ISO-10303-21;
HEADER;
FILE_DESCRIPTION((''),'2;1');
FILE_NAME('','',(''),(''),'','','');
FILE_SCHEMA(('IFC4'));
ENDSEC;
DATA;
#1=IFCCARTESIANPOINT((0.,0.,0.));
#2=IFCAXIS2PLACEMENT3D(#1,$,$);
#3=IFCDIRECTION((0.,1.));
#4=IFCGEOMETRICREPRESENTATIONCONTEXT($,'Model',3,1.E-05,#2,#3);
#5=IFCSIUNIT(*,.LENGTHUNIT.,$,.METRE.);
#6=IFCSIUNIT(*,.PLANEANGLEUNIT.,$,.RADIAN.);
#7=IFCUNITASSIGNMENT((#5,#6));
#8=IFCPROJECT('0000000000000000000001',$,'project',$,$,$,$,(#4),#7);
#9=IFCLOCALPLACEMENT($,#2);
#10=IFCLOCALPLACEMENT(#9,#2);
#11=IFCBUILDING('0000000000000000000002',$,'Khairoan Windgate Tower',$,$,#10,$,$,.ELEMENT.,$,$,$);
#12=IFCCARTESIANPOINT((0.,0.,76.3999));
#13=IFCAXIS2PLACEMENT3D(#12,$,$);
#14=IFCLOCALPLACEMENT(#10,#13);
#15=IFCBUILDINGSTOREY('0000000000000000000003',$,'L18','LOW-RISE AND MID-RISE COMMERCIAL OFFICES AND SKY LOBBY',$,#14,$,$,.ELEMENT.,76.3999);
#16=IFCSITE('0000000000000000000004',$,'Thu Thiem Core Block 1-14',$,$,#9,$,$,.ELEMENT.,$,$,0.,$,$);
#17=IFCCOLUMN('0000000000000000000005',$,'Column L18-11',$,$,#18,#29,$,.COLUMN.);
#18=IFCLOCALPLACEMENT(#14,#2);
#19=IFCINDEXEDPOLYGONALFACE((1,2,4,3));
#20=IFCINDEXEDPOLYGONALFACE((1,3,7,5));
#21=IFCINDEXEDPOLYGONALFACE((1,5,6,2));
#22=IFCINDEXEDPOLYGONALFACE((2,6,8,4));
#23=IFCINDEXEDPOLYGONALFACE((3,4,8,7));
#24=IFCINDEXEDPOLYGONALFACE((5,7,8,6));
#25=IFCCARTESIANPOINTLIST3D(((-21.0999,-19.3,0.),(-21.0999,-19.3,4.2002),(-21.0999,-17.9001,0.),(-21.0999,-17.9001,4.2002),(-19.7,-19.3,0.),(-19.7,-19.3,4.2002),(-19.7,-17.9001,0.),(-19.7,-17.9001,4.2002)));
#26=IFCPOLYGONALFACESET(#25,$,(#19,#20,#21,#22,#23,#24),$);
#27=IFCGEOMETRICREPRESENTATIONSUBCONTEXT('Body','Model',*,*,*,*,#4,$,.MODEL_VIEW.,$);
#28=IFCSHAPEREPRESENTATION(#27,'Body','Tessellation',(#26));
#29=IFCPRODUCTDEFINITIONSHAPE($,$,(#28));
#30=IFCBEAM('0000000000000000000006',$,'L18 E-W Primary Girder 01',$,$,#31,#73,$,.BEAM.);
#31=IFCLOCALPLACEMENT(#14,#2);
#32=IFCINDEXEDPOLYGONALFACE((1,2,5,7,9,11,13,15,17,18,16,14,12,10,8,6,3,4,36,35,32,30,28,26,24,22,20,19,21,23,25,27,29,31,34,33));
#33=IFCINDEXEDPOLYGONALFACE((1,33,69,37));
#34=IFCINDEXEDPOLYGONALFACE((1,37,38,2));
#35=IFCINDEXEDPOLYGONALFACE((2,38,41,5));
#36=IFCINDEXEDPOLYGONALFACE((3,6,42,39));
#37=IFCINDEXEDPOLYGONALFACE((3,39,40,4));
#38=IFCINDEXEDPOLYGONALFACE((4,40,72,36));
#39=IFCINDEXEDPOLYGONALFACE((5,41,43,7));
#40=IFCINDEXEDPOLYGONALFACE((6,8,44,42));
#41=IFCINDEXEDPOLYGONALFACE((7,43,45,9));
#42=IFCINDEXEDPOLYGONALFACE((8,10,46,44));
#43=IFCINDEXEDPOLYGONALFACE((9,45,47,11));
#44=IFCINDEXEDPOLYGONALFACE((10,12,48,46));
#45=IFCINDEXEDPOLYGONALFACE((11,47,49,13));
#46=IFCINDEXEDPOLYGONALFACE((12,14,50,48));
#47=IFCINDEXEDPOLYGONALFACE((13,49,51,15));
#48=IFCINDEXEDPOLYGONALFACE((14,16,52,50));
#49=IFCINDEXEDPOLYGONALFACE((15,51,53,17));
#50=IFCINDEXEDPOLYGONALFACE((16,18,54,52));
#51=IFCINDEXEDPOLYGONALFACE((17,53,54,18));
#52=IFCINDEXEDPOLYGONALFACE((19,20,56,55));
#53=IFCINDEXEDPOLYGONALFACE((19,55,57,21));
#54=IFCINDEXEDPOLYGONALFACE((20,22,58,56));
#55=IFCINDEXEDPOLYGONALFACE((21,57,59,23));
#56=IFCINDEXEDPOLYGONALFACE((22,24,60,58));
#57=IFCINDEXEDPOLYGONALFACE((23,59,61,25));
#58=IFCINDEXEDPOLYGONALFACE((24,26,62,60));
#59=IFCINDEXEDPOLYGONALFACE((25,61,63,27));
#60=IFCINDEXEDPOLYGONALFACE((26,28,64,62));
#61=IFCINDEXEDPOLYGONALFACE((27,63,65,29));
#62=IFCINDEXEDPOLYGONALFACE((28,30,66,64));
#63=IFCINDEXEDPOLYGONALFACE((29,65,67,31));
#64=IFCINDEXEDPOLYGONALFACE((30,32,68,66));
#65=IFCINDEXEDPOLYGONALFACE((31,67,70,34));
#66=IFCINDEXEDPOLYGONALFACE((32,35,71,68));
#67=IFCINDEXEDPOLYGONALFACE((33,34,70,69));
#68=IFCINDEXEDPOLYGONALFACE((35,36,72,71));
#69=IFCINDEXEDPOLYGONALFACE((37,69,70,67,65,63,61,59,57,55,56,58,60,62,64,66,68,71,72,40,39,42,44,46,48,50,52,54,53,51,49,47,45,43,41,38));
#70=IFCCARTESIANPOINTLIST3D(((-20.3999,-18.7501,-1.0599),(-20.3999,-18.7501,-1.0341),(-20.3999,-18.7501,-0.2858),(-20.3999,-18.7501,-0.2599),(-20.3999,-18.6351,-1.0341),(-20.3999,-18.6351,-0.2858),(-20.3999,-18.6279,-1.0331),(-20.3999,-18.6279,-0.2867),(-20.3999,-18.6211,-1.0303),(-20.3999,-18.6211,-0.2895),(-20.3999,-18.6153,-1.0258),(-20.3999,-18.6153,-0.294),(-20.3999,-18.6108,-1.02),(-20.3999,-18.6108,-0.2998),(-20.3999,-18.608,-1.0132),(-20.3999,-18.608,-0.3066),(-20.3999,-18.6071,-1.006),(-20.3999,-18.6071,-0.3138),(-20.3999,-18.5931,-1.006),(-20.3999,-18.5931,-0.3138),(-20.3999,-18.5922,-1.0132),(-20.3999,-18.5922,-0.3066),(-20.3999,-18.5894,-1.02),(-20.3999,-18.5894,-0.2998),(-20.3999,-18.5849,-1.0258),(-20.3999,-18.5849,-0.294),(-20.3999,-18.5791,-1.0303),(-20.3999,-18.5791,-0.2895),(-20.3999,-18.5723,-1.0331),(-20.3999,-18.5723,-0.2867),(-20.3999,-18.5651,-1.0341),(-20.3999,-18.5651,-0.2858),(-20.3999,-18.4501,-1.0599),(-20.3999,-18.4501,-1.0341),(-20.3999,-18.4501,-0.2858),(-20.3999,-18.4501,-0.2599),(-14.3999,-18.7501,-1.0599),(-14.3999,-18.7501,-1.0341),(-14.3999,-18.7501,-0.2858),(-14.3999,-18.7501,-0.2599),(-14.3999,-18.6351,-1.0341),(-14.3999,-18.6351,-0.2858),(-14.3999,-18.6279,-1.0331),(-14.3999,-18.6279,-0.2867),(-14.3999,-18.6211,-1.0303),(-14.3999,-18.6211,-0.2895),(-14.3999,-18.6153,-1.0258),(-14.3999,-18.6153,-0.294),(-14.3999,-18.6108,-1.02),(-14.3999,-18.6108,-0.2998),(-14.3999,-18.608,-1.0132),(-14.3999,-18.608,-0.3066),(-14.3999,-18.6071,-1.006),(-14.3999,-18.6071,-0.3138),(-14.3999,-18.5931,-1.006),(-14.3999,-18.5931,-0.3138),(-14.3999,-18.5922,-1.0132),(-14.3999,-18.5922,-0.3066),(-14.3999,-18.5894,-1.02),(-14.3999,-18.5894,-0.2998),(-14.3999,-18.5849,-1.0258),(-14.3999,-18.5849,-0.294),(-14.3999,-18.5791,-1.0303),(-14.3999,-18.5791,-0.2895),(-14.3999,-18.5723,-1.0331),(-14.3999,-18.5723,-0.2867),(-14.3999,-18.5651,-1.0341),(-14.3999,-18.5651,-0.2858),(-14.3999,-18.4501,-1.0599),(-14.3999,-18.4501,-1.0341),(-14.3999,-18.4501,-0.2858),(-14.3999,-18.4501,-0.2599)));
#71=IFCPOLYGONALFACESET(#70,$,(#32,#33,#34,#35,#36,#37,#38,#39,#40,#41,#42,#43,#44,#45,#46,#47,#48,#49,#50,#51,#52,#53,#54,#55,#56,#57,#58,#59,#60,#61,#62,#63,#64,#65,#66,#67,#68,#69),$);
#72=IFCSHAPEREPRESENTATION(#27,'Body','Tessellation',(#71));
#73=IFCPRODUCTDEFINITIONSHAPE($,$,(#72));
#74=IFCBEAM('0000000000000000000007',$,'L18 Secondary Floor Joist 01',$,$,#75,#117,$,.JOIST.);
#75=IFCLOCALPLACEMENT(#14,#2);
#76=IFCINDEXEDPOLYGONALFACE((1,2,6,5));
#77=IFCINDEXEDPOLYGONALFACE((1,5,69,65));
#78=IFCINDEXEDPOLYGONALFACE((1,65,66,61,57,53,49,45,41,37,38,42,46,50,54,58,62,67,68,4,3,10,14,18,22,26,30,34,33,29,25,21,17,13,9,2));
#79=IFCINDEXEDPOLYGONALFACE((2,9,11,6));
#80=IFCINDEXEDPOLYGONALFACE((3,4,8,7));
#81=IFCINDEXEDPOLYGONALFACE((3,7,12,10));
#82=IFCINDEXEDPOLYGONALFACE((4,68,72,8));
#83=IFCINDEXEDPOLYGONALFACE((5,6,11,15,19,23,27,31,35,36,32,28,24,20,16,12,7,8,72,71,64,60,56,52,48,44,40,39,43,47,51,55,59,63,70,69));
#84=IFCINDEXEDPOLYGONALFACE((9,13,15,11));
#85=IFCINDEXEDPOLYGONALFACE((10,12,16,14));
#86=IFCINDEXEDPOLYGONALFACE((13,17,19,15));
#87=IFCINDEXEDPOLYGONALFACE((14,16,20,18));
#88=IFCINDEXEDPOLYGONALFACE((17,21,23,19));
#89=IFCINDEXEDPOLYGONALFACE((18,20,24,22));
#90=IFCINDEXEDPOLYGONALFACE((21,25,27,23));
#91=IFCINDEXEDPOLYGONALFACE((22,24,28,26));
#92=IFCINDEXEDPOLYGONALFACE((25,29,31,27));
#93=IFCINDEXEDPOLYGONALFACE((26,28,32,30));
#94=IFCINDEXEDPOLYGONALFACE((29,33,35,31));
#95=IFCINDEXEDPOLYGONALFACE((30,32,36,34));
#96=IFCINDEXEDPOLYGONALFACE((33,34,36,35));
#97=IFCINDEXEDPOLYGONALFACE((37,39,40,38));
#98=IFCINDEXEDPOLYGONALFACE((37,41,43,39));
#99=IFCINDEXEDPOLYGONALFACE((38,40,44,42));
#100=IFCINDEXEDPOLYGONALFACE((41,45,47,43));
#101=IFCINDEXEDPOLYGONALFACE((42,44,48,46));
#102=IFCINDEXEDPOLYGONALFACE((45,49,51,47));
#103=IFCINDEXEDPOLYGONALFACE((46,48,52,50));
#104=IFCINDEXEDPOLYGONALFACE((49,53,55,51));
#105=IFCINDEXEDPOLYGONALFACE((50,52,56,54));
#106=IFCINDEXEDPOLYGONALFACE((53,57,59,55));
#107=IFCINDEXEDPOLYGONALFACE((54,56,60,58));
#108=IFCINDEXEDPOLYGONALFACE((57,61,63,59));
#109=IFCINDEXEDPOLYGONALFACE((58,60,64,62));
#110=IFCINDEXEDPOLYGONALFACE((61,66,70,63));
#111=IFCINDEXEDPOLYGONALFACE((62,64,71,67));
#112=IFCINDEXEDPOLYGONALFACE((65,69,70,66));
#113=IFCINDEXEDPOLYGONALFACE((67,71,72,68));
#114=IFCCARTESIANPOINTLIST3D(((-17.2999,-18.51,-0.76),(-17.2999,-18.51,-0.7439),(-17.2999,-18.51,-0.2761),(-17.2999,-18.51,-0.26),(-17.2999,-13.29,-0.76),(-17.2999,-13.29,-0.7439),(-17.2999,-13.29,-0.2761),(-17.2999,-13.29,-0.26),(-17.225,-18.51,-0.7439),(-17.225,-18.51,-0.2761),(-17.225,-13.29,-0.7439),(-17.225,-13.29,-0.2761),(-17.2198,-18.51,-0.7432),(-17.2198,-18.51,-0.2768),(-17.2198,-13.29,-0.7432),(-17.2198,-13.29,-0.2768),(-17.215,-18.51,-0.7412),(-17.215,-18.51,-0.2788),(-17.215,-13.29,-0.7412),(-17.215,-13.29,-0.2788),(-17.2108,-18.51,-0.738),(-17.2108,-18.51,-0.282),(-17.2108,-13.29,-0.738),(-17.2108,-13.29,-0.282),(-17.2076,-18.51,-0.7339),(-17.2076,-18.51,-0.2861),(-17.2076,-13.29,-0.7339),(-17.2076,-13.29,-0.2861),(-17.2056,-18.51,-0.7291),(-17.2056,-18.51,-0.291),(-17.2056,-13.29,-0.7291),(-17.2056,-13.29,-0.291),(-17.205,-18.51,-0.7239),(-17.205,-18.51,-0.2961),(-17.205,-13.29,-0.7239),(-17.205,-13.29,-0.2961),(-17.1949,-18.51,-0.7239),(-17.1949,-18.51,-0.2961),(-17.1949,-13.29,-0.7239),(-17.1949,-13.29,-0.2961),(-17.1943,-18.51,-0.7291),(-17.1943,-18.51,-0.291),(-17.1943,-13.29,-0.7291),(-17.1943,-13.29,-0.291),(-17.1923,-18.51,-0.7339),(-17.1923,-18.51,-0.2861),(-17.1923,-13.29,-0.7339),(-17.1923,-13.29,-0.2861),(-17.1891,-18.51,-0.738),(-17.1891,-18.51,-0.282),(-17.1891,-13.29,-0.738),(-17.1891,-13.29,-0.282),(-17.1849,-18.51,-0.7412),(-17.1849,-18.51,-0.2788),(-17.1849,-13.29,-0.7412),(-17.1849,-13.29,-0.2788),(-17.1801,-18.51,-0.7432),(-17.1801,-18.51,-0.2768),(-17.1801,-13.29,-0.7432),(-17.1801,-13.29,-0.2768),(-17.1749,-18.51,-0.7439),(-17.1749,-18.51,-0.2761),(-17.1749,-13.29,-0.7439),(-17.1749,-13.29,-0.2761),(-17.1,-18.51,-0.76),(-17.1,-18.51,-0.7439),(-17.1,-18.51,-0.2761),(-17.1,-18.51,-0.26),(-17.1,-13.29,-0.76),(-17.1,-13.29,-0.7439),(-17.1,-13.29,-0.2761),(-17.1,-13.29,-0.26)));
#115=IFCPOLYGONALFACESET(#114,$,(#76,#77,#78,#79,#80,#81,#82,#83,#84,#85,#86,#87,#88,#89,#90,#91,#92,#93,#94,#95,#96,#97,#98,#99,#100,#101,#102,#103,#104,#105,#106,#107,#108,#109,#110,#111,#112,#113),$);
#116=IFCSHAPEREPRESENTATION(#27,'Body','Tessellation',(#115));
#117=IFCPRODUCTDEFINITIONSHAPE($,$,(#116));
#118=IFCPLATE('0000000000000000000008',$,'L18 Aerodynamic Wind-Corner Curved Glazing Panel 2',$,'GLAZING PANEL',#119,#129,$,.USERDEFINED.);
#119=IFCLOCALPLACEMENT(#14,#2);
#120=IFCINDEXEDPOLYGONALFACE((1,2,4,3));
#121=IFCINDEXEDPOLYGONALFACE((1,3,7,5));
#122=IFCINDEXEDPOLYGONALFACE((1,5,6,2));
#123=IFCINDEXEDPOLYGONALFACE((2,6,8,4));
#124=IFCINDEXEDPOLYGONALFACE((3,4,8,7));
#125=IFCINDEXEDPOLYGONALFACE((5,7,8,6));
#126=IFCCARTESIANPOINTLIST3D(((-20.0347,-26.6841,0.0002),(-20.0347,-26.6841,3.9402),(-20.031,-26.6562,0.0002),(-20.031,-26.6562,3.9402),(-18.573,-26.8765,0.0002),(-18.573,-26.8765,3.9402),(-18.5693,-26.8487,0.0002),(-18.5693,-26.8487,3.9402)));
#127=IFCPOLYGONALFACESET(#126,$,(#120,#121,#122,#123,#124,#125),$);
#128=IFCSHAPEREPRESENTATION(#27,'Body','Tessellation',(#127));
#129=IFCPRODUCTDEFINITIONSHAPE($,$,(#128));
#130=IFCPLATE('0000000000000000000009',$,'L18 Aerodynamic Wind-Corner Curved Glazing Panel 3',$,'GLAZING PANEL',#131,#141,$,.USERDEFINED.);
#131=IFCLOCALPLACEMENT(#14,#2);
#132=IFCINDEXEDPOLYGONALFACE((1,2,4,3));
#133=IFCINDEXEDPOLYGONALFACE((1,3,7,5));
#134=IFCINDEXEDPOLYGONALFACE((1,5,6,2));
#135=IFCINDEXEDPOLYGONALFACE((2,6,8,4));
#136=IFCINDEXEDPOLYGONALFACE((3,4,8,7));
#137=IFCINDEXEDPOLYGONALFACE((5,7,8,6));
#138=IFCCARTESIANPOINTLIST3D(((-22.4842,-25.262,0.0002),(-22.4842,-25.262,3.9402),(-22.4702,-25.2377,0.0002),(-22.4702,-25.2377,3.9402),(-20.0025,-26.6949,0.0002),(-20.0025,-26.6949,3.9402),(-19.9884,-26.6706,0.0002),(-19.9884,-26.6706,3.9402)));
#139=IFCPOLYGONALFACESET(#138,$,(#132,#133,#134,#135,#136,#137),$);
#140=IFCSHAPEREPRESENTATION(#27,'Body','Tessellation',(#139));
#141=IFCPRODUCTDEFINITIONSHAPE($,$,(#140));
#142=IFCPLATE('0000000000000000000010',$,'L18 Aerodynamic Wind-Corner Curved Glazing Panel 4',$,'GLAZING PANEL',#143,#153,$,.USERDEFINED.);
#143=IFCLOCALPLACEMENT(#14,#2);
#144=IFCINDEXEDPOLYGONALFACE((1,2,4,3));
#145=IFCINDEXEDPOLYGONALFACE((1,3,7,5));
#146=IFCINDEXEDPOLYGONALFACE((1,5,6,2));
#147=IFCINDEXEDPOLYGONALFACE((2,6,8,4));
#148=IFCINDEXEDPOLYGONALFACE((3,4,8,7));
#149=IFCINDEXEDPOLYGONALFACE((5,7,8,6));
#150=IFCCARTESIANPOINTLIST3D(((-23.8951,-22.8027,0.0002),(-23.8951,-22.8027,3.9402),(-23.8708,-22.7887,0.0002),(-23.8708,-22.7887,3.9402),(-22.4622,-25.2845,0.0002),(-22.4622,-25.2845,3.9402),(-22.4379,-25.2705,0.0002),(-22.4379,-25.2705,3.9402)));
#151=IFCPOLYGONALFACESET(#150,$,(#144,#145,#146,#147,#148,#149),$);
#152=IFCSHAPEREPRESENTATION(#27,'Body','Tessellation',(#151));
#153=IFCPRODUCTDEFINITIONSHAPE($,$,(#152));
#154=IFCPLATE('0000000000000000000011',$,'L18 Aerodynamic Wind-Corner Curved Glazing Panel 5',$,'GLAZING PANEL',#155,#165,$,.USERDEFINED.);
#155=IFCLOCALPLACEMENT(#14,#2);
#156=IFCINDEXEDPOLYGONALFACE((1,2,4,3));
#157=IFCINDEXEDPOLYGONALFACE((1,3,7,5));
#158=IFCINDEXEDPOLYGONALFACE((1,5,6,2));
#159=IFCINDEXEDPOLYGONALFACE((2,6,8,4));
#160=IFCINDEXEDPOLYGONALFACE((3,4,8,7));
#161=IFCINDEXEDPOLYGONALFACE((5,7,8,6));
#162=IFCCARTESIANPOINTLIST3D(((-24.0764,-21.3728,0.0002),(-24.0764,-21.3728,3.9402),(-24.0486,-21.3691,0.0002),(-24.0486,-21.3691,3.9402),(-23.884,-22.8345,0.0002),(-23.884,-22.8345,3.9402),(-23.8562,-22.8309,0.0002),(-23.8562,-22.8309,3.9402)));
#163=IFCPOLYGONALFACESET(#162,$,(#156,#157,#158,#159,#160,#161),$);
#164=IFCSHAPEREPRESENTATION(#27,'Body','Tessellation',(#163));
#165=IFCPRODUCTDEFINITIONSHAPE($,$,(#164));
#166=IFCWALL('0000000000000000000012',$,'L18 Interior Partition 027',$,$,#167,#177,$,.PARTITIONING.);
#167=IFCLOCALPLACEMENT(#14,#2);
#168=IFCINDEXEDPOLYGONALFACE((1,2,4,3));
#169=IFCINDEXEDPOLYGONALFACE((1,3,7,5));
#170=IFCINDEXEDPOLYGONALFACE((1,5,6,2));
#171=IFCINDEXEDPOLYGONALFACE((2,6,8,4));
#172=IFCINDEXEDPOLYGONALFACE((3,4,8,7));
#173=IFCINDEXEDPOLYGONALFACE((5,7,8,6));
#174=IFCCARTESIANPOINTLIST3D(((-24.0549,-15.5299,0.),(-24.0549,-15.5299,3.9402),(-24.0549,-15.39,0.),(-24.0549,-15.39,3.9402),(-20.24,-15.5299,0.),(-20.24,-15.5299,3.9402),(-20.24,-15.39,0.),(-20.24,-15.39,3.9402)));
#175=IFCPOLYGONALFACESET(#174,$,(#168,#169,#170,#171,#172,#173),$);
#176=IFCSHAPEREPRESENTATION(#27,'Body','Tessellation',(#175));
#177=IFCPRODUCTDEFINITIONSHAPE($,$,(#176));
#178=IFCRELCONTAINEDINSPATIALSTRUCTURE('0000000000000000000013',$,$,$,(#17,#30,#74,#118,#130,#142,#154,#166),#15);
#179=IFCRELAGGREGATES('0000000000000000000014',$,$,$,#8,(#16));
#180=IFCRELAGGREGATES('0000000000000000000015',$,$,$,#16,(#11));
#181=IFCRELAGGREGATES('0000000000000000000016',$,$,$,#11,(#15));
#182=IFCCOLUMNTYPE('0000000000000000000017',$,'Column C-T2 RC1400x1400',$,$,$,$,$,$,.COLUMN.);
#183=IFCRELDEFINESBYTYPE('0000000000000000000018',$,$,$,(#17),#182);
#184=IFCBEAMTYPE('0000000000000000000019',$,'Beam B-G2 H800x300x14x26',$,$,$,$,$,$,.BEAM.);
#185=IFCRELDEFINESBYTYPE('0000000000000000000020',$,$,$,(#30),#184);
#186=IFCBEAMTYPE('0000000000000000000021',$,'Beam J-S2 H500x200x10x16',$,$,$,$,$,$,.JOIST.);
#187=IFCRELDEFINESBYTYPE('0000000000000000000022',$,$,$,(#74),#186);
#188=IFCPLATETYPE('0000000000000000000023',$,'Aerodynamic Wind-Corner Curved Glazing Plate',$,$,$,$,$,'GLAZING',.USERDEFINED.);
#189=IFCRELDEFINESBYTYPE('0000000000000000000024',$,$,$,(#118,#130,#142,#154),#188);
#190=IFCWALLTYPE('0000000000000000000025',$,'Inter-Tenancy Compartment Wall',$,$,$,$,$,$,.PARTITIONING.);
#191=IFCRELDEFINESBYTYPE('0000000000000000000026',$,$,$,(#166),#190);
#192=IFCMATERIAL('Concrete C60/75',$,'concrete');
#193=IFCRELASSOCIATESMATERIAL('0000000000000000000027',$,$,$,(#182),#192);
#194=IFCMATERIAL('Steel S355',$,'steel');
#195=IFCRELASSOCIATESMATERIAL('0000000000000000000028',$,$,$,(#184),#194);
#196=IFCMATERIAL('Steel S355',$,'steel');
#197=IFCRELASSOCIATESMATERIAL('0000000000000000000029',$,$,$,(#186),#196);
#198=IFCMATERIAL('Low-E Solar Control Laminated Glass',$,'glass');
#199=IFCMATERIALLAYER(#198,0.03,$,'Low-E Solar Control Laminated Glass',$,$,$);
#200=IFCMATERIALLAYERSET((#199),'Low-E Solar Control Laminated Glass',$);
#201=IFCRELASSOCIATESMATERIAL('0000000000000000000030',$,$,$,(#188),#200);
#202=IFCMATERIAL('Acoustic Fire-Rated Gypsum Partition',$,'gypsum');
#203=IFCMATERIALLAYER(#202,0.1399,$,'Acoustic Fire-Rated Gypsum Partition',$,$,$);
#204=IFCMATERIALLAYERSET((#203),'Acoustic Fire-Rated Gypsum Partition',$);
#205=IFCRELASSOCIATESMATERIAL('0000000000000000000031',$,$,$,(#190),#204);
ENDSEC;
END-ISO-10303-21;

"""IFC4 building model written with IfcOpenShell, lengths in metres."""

from ifc_helpers import new_model, si_unit, direction, frame, frame_2d, origin, origin_2d, place, context, subcontext, project, spatial, rectangle, i_section, extrude, material, layer, layer_set, material_profile, profile_set, type_object, element, save


model = new_model("IFC4")

# Units and contexts
model_context = context("Model", 3, precision=1e-05, world=origin(), true_north=direction((0.0, 1.0)))
body_context = subcontext(model_context, "Body", "Model", "MODEL_VIEW")
ifc_project = project(units=[si_unit("LENGTHUNIT", "METRE"), si_unit("PLANEANGLEUNIT", "RADIAN")], contexts=[model_context])

# Site, building, storey
site_placement = place(None, origin())
site = spatial("IfcSite", under=ifc_project, at=site_placement, Name="Thu Thiem Core Block 1-14", CompositionType="ELEMENT", RefElevation=0.0)
building_placement = place(site_placement, origin())
building = spatial("IfcBuilding", under=site, at=building_placement, Name="Khairoan Windgate Tower", CompositionType="ELEMENT")
storey_placement = place(building_placement, frame((0.0, 0.0, 76.3999)))
storey = spatial("IfcBuildingStorey", under=building, at=storey_placement, Name="L18", Description="LOW-RISE AND MID-RISE COMMERCIAL OFFICES AND SKY LOBBY", CompositionType="ELEMENT", Elevation=76.3999)

# Column
ifc_material_1 = material(Name="Concrete C60/75", Category="concrete")
ifc_material_profile_1 = material_profile(ifc_material_1, rectangle(XDim=1.3999, YDim=1.3999, at=origin_2d()))
ifc_profile_set_1 = profile_set([ifc_material_profile_1], Name="Concrete C60/75")
column_type = type_object("IfcColumnType", Name="Column C-T2 RC1400x1400", PredefinedType="COLUMN", material=ifc_profile_set_1)
column_placement = place(storey_placement, frame((-20.3999, -18.6001, 0.0), z_axis=(0.0, 0.0, 1.0), x_axis=(1.0, 0.0, 0.0)))
element("IfcColumn", 1, at=column_placement, inside=storey, type_object=column_type, Name="Column L18-11", PredefinedType="COLUMN", context=body_context, shape_type="SweptSolid", body=[
    extrude(rectangle(XDim=1.3999, YDim=1.3999, at=origin_2d()), origin(), (0.0, 0.0, 1.0), 4.2002),
])

# Beams
ifc_material_2 = material(Name="Steel S355", Category="steel")
ifc_material_profile_2 = material_profile(ifc_material_2, i_section(OverallWidth=0.3, OverallDepth=0.8, WebThickness=0.0139, FlangeThickness=0.0259, FilletRadius=0.0281, at=origin_2d()))
ifc_profile_set_2 = profile_set([ifc_material_profile_2], Name="Steel S355")
beam_type_1 = type_object("IfcBeamType", Name="Beam B-G2 H800x300x14x26", PredefinedType="BEAM", material=ifc_profile_set_2)
beam_1_placement = place(storey_placement, frame((-20.3999, -18.6001, -0.6599), z_axis=(1.0, 0.0, 0.0), x_axis=(0.0, 1.0, 0.0)))
element("IfcBeam", 2, at=beam_1_placement, inside=storey, type_object=beam_type_1, Name="L18 E-W Primary Girder 01", PredefinedType="BEAM", context=body_context, shape_type="SweptSolid", body=[
    extrude(i_section(OverallWidth=0.3, OverallDepth=0.8, WebThickness=0.0139, FlangeThickness=0.0259, FilletRadius=0.0281, at=origin_2d()), origin(), (0.0, 0.0, 1.0), 6.0),
])
ifc_material_3 = material(Name="Steel S355", Category="steel")
ifc_material_profile_3 = material_profile(ifc_material_3, i_section(OverallWidth=0.2, OverallDepth=0.5, WebThickness=0.01, FlangeThickness=0.0161, FilletRadius=0.02, at=origin_2d()))
ifc_profile_set_3 = profile_set([ifc_material_profile_3], Name="Steel S355")
beam_type_2 = type_object("IfcBeamType", Name="Beam J-S2 H500x200x10x16", PredefinedType="JOIST", material=ifc_profile_set_3)
beam_2_placement = place(storey_placement, frame((-17.2, -18.51, -0.51), z_axis=(0.0, 1.0, 0.0), x_axis=(-1.0, 0.0, 0.0)))
element("IfcBeam", 3, at=beam_2_placement, inside=storey, type_object=beam_type_2, Name="L18 Secondary Floor Joist 01", PredefinedType="JOIST", context=body_context, shape_type="SweptSolid", body=[
    extrude(i_section(OverallWidth=0.2, OverallDepth=0.5, WebThickness=0.01, FlangeThickness=0.0161, FilletRadius=0.02, at=origin_2d()), origin(), (0.0, 0.0, 1.0), 5.22),
])

# Plates
ifc_material_4 = material(Name="Low-E Solar Control Laminated Glass", Category="glass")
ifc_layer_1 = layer(ifc_material_4, 0.03, Name="Low-E Solar Control Laminated Glass")
ifc_layer_set_1 = layer_set([ifc_layer_1], Name="Low-E Solar Control Laminated Glass")
plate_type_1 = type_object("IfcPlateType", Name="Aerodynamic Wind-Corner Curved Glazing Plate", ElementType="GLAZING", PredefinedType="USERDEFINED", material=ifc_layer_set_1)
plate_1_placement = place(storey_placement, frame((-19.302, -26.7664, 0.0002), z_axis=(0.0, 0.0, 1.0), x_axis=(-0.991445, 0.130526, 0.0)))
element("IfcPlate", 4, at=plate_1_placement, inside=storey, type_object=plate_type_1, Name="L18 Aerodynamic Wind-Corner Curved Glazing Panel 2", ObjectType="GLAZING PANEL", PredefinedType="USERDEFINED", context=body_context, shape_type="SweptSolid", body=[
    extrude(rectangle(XDim=1.4744, YDim=0.0281, at=origin_2d()), origin(), (0.0, 0.0, 1.0), 3.9399),
])
for number, where, z_axis, x_axis, name in (
    (5, (-21.2363, -25.9663, 0.0002), (0.0, 0.0, 1.0), (-0.866025, 0.5, 0.0), "L18 Aerodynamic Wind-Corner Curved Glazing Panel 3"),
    (6, (-23.1665, -24.0366, 0.0002), (0.0, 0.0, 1.0), (-0.5, 0.866025, 0.0), "L18 Aerodynamic Wind-Corner Curved Glazing Panel 4"),
):
    element("IfcPlate", number, at=place(storey_placement, frame(where, z_axis=z_axis, x_axis=x_axis)), inside=storey, type_object=plate_type_1, Name=name, ObjectType="GLAZING PANEL", PredefinedType="USERDEFINED", context=body_context, shape_type="SweptSolid", body=[
        extrude(rectangle(XDim=2.8657, YDim=0.0281, at=origin_2d()), origin(), (0.0, 0.0, 1.0), 3.9399),
    ])
plate_2_placement = place(storey_placement, frame((-23.9663, -22.1018, 0.0002), z_axis=(0.0, 0.0, 1.0), x_axis=(-0.130526, 0.991445, 0.0)))
element("IfcPlate", 7, at=plate_2_placement, inside=storey, type_object=plate_type_1, Name="L18 Aerodynamic Wind-Corner Curved Glazing Panel 5", ObjectType="GLAZING PANEL", PredefinedType="USERDEFINED", context=body_context, shape_type="SweptSolid", body=[
    extrude(rectangle(XDim=1.4744, YDim=0.0281, at=origin_2d()), origin(), (0.0, 0.0, 1.0), 3.9399),
])

# Wall
ifc_material_5 = material(Name="Acoustic Fire-Rated Gypsum Partition", Category="gypsum")
ifc_layer_2 = layer(ifc_material_5, 0.1399, Name="Acoustic Fire-Rated Gypsum Partition")
ifc_layer_set_2 = layer_set([ifc_layer_2], Name="Acoustic Fire-Rated Gypsum Partition")
wall_type = type_object("IfcWallType", Name="Inter-Tenancy Compartment Wall", PredefinedType="PARTITIONING", material=ifc_layer_set_2)
wall_placement = place(storey_placement, frame((-24.0549, -15.46, 0.0), z_axis=(0.0, 0.0, 1.0), x_axis=(1.0, 0.0, 0.0)))
element("IfcWall", 8, at=wall_placement, inside=storey, type_object=wall_type, Name="L18 Interior Partition 027", PredefinedType="PARTITIONING", context=body_context, shape_type="SweptSolid", body=[
    extrude(rectangle(XDim=3.8149, YDim=0.1399, at=frame_2d((1.9075, 0.0))), origin(), (0.0, 0.0, 1.0), 3.9402),
])

save(model, "model.ifc")
